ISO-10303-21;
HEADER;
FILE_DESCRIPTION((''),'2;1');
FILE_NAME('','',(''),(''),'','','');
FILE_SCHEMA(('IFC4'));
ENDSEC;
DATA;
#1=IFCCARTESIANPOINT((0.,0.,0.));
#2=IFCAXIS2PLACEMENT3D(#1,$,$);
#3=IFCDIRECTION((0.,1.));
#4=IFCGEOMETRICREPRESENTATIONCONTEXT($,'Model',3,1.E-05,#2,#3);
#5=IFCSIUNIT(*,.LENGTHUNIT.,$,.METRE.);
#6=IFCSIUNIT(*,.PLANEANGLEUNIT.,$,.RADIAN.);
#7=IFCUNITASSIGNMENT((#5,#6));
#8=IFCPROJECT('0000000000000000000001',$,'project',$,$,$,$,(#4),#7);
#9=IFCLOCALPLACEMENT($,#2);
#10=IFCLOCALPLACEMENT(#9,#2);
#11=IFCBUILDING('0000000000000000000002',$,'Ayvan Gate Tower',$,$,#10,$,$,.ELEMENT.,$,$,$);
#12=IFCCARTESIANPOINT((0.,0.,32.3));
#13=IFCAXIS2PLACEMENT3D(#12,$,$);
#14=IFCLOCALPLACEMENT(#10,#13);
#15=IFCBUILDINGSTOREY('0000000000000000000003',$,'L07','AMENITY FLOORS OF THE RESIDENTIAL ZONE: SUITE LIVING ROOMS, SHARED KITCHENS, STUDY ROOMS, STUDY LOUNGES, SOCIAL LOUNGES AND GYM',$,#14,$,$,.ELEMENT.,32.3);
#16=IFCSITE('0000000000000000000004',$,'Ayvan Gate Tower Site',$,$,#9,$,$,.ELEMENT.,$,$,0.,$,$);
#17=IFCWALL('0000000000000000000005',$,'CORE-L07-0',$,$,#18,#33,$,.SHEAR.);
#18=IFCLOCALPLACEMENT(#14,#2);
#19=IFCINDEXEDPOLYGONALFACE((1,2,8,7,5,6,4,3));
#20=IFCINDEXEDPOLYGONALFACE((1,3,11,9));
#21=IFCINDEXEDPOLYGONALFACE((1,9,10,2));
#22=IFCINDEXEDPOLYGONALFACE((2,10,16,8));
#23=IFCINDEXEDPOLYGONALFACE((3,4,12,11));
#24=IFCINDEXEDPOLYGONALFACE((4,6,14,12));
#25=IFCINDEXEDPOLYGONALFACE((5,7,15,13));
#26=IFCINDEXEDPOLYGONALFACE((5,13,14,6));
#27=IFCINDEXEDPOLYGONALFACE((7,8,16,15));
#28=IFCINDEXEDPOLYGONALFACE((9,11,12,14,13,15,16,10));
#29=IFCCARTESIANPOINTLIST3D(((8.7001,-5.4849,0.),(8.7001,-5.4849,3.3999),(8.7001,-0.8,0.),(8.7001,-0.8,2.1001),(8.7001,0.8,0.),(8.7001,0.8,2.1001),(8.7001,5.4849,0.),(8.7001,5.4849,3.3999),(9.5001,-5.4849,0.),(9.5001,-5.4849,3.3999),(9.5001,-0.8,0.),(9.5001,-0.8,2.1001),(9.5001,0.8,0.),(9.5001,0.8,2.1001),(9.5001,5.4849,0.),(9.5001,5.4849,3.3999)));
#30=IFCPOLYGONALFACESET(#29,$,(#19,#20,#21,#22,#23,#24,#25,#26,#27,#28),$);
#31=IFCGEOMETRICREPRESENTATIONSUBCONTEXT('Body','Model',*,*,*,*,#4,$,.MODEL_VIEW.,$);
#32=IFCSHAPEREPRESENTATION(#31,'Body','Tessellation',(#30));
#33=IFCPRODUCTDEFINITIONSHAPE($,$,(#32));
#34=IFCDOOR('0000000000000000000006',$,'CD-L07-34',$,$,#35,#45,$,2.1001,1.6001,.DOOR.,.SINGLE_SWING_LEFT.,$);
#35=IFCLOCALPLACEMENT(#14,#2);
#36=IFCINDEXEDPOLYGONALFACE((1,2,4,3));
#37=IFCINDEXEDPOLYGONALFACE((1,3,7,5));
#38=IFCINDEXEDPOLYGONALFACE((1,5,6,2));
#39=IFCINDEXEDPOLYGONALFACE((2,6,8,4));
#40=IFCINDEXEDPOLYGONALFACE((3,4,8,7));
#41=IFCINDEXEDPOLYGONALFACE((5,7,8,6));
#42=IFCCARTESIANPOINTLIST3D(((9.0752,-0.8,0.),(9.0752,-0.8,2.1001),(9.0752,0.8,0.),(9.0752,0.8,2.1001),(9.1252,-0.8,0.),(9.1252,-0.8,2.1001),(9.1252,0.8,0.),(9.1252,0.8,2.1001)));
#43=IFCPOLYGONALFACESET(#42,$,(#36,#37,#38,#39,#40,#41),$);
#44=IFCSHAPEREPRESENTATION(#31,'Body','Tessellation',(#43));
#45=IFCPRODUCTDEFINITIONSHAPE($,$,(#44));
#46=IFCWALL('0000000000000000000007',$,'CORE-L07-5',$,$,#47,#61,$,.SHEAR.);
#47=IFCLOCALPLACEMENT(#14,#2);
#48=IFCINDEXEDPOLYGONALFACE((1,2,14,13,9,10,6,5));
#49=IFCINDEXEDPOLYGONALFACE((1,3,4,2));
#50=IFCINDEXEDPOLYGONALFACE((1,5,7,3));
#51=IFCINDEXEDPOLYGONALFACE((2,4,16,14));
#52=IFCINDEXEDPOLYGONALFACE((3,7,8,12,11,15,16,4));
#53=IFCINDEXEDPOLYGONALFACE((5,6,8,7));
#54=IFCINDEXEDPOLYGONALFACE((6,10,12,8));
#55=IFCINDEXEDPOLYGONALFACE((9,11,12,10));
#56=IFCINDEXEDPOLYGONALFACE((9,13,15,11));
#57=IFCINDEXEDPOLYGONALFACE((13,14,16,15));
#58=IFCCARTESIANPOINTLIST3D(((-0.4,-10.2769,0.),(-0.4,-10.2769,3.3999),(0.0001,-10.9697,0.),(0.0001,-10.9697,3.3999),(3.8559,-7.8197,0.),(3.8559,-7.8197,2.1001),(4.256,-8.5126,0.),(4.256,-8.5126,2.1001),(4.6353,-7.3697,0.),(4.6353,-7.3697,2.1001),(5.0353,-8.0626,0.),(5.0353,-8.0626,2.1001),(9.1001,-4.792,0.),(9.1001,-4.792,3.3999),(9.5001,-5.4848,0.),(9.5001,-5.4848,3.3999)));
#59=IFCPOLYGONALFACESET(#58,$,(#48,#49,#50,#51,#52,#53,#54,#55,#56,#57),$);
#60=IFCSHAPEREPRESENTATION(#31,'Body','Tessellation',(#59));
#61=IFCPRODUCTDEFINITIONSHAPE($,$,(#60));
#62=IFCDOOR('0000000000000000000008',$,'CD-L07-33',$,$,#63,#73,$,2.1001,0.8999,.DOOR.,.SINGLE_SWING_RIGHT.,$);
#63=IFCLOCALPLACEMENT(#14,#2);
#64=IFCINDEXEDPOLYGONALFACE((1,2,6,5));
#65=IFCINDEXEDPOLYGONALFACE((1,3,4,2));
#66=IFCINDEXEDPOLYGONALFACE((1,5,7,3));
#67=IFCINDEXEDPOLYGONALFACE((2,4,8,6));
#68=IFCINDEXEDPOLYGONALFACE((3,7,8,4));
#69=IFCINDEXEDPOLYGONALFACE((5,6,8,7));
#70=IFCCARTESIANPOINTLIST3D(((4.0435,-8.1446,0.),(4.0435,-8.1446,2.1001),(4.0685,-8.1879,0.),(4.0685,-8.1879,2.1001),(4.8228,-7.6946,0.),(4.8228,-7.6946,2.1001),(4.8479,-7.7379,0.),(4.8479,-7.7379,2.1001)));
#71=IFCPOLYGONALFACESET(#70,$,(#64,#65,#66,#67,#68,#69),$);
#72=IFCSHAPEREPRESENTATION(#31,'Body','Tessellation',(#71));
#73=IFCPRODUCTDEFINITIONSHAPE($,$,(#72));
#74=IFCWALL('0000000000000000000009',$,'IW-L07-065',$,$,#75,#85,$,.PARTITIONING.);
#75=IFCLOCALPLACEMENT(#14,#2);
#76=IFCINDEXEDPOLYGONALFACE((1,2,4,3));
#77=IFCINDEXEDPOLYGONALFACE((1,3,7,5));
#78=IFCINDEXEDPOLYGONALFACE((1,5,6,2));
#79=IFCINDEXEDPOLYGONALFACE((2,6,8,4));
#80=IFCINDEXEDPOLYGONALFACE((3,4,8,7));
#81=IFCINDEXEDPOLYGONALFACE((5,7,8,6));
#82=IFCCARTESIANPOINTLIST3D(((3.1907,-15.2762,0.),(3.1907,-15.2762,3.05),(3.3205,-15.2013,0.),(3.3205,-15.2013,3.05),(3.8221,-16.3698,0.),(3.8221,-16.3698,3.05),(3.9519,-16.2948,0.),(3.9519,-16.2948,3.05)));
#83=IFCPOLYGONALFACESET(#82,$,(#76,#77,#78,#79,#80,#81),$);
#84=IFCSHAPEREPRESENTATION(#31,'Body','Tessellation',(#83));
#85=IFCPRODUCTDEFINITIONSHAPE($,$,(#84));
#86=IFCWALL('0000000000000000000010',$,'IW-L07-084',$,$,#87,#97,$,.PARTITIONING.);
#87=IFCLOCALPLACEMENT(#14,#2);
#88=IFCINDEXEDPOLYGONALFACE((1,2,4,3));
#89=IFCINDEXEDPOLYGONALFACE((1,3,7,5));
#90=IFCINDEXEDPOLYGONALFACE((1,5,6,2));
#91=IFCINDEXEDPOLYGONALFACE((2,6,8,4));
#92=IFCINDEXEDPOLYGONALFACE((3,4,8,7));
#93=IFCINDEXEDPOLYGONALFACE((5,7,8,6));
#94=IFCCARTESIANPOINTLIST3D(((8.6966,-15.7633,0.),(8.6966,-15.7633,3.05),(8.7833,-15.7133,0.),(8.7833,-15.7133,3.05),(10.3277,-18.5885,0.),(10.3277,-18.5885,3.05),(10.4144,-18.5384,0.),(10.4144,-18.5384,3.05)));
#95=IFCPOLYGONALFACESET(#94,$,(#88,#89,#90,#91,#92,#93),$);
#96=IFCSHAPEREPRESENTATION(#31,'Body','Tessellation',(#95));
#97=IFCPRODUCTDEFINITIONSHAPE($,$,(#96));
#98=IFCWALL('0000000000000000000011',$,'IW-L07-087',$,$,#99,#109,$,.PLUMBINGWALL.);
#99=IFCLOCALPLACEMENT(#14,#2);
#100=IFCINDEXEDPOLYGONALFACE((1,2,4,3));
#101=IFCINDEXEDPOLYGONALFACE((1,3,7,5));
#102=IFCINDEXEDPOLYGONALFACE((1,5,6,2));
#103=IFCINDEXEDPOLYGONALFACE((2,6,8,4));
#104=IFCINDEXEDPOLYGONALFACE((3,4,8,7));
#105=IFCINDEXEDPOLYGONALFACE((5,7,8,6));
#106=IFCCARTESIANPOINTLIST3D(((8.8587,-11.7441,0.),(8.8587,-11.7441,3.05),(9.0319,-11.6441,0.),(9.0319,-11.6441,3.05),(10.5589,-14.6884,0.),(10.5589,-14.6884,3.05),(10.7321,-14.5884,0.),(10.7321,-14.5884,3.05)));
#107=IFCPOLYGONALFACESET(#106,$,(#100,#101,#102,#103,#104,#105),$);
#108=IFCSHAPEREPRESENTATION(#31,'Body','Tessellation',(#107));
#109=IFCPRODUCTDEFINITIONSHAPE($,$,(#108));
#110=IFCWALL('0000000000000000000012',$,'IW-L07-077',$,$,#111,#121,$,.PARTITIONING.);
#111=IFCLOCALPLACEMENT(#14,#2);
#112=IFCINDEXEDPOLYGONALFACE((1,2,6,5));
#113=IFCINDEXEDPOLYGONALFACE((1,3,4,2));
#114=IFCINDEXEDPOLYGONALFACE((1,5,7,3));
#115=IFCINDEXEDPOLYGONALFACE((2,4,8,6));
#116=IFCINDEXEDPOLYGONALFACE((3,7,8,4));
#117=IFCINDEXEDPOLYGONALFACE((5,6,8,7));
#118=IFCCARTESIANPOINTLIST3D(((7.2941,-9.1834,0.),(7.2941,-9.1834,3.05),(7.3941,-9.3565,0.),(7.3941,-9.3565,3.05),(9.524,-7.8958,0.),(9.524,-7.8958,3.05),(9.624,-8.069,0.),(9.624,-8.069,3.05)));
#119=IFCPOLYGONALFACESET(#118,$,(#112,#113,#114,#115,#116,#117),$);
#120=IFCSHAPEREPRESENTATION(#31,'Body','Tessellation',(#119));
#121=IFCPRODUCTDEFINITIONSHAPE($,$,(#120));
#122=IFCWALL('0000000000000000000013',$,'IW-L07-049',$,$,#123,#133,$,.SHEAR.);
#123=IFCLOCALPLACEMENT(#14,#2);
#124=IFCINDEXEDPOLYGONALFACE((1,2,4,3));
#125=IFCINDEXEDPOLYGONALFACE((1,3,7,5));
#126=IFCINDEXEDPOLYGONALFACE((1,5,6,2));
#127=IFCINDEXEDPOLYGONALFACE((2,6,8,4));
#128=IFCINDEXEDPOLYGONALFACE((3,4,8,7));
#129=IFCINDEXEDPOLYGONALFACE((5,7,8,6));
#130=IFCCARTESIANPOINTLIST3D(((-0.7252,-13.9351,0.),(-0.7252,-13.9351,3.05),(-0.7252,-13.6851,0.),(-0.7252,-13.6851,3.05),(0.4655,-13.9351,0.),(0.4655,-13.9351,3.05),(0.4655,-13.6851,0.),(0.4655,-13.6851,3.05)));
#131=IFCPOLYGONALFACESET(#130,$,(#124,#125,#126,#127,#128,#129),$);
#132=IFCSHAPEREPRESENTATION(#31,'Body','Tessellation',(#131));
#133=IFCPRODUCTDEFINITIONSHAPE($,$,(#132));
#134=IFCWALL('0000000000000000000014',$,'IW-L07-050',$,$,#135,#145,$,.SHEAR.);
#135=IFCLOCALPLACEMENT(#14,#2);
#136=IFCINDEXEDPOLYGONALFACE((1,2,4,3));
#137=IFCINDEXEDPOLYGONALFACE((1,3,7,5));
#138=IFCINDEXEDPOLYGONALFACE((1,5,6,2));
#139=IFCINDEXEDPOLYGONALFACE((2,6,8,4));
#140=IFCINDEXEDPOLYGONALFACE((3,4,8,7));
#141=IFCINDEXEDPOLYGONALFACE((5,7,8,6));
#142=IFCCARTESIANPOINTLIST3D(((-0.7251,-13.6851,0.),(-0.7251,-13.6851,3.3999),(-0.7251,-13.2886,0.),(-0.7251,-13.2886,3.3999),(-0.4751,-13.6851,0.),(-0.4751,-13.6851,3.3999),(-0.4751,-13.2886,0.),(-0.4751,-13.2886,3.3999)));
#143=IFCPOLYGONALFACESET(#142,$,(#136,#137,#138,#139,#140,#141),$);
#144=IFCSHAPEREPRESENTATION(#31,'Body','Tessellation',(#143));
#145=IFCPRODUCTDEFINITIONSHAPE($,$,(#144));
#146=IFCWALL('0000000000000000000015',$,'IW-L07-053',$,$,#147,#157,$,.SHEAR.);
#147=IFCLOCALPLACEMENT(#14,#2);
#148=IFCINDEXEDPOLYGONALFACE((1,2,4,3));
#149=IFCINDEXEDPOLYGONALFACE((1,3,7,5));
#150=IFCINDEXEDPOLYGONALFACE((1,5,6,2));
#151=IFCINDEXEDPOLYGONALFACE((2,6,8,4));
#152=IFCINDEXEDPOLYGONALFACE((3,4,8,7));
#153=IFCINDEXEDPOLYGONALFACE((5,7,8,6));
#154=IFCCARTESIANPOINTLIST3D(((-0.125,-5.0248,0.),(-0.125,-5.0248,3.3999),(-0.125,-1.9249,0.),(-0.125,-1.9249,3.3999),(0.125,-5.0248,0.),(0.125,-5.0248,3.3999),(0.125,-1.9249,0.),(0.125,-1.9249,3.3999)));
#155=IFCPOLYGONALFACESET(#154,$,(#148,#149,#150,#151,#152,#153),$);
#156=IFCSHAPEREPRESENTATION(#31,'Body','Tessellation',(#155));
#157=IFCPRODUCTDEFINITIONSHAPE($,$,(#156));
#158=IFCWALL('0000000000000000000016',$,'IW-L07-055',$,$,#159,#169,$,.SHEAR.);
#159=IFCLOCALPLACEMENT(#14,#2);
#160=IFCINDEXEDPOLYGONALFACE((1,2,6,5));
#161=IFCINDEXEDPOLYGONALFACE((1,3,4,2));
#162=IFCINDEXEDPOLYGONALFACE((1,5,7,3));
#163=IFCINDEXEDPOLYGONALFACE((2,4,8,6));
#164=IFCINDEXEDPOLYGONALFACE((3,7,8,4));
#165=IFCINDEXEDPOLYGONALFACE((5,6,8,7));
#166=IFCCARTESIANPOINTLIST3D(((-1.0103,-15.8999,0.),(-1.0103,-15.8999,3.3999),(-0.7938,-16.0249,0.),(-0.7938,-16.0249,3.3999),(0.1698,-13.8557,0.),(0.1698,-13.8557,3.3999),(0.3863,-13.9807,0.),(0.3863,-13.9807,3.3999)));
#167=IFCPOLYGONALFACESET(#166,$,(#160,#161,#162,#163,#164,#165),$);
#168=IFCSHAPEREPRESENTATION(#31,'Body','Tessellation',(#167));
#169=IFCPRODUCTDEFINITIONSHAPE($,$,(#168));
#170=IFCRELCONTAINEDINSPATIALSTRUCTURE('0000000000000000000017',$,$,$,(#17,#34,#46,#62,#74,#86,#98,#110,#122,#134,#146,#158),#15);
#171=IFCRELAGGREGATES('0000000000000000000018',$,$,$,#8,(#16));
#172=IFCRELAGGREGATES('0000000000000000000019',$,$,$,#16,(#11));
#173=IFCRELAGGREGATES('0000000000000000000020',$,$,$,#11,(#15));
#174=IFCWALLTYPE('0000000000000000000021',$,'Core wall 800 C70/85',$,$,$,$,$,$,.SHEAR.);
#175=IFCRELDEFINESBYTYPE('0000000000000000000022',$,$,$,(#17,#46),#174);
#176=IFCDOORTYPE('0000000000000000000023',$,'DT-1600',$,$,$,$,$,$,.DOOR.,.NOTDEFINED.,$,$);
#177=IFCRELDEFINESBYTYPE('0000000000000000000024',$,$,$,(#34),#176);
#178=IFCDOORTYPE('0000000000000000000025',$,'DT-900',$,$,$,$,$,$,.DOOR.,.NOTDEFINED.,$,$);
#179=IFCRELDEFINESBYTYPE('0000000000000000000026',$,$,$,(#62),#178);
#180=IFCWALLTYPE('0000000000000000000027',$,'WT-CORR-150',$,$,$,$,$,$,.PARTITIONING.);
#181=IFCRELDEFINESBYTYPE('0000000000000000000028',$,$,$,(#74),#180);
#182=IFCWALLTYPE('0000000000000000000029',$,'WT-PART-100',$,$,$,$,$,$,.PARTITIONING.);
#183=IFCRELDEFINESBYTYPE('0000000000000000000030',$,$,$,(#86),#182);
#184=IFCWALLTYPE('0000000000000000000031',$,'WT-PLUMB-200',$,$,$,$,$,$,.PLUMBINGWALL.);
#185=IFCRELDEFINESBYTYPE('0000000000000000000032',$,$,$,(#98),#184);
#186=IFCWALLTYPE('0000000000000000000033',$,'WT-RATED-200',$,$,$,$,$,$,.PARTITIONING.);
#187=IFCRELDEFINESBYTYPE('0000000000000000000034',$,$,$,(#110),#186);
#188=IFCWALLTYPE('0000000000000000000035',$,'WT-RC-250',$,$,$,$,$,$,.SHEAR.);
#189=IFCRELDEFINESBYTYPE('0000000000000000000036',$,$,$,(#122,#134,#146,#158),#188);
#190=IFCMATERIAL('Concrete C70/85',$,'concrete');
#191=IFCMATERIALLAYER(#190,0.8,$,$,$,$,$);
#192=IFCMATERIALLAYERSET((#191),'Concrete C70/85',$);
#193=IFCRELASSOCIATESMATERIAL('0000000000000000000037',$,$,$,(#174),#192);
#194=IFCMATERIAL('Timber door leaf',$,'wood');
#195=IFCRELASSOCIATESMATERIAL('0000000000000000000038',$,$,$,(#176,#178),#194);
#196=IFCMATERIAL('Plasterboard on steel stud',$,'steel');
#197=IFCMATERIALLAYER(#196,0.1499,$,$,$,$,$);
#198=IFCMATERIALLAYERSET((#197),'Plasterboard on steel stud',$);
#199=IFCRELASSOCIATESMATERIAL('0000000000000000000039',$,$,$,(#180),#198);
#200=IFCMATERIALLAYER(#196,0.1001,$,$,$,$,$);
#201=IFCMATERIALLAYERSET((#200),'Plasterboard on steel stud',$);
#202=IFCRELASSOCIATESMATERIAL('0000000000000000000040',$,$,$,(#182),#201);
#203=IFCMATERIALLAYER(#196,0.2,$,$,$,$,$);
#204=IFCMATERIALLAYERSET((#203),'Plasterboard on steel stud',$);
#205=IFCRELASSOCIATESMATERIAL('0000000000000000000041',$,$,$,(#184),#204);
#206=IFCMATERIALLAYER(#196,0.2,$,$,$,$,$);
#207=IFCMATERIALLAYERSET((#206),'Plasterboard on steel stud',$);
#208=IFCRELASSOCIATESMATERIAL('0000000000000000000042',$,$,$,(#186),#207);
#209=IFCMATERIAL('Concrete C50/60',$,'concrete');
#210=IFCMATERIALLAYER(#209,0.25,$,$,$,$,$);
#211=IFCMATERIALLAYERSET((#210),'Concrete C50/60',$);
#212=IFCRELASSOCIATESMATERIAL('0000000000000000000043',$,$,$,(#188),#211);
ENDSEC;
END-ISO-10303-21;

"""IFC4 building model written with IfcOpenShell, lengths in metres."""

from ifc_helpers import new_model, si_unit, direction, frame, frame_2d, origin, place, context, subcontext, project, spatial, rectangle, extrude, material, layer, layer_set, type_object, element, fill, save


model = new_model("IFC4")

# Units and contexts
model_context = context("Model", 3, precision=1e-05, world=origin(), true_north=direction((0.0, 1.0)))
body_context = subcontext(model_context, "Body", "Model", "MODEL_VIEW")
ifc_project = project(units=[si_unit("LENGTHUNIT", "METRE"), si_unit("PLANEANGLEUNIT", "RADIAN")], contexts=[model_context])

# Site, building, storey
site_placement = place(None, origin())
site = spatial("IfcSite", under=ifc_project, at=site_placement, Name="Ayvan Gate Tower Site", CompositionType="ELEMENT", RefElevation=0.0)
building_placement = place(site_placement, origin())
building = spatial("IfcBuilding", under=site, at=building_placement, Name="Ayvan Gate Tower", CompositionType="ELEMENT")
storey_placement = place(building_placement, frame((0.0, 0.0, 32.3)))
storey = spatial("IfcBuildingStorey", under=building, at=storey_placement, Name="L07", Description="AMENITY FLOORS OF THE RESIDENTIAL ZONE: SUITE LIVING ROOMS, SHARED KITCHENS, STUDY ROOMS, STUDY LOUNGES, SOCIAL LOUNGES AND GYM", CompositionType="ELEMENT", Elevation=32.3)

# Walls, openings, doors
ifc_material_1 = material(Name="Concrete C70/85", Category="concrete")
ifc_layer_1 = layer(ifc_material_1, 0.8)
ifc_layer_set_1 = layer_set([ifc_layer_1], Name="Concrete C70/85")
wall_type_1 = type_object("IfcWallType", Name="Core wall 800 C70/85", PredefinedType="SHEAR", material=ifc_layer_set_1)
wall_1_placement = place(storey_placement, frame((9.1001, -5.4849, 0.0), z_axis=(0.0, 0.0, 1.0), x_axis=(0.0, 1.0, 0.0)))
wall_1 = element("IfcWall", 1, at=wall_1_placement, inside=storey, type_object=wall_type_1, Name="CORE-L07-0", PredefinedType="SHEAR", context=body_context, shape_type="SweptSolid", body=[
    extrude(rectangle(XDim=10.9697, YDim=0.8, at=frame_2d((5.4849, 0.0))), origin(), (0.0, 0.0, 1.0), 3.3999),
])
opening_1_placement = place(wall_1_placement, frame((4.6848, 0.0, 0.0)))
opening_1 = element("IfcOpeningElement", 2, at=opening_1_placement, cuts=wall_1, PredefinedType="OPENING", context=body_context, shape_type="SweptSolid", body=[
    extrude(rectangle(XDim=1.6001, YDim=2.1001, at=frame_2d((0.8, 1.05))), frame((0.0, 0.4099, 0.0), z_axis=(0.0, -1.0, 0.0), x_axis=(1.0, 0.0, 0.0)), (0.0, 0.0, 1.0), 0.8201),
])
ifc_material_2 = material(Name="Timber door leaf", Category="wood")
door_type_1 = type_object("IfcDoorType", Name="DT-1600", OperationType="NOTDEFINED", PredefinedType="DOOR", material=ifc_material_2)
door_1_placement = place(opening_1_placement, origin())
door_1 = element("IfcDoor", 3, at=door_1_placement, inside=storey, type_object=door_type_1, Name="CD-L07-34", OperationType="SINGLE_SWING_LEFT", OverallHeight=2.1001, OverallWidth=1.6001, PredefinedType="DOOR", context=body_context, shape_type="SweptSolid", body=[
    extrude(rectangle(XDim=1.6001, YDim=2.1001, at=frame_2d((0.8, 1.05))), frame((0.0, 0.0249, 0.0), z_axis=(0.0, -1.0, 0.0), x_axis=(1.0, 0.0, 0.0)), (0.0, 0.0, 1.0), 0.05),
])
fill(opening_1, door_1)
wall_2_placement = place(storey_placement, frame((-0.2, -10.6233, 0.0), z_axis=(0.0, 0.0, 1.0), x_axis=(0.866024, 0.500002, 0.0)))
wall_2 = element("IfcWall", 4, at=wall_2_placement, inside=storey, type_object=wall_type_1, Name="CORE-L07-5", PredefinedType="SHEAR", context=body_context, shape_type="SweptSolid", body=[
    extrude(rectangle(XDim=10.9697, YDim=0.8, at=frame_2d((5.4849, 0.0))), origin(), (0.0, 0.0, 1.0), 3.3999),
])
opening_2_placement = place(wall_2_placement, frame((4.9143, 0.0, 0.0)))
opening_2 = element("IfcOpeningElement", 5, at=opening_2_placement, cuts=wall_2, PredefinedType="OPENING", context=body_context, shape_type="SweptSolid", body=[
    extrude(rectangle(XDim=0.8999, YDim=2.1001, at=frame_2d((0.45, 1.05))), frame((0.0, 0.4099, 0.0), z_axis=(0.0, -1.0, 0.0), x_axis=(1.0, 0.0, 0.0)), (0.0, 0.0, 1.0), 0.8201),
])
door_type_2 = type_object("IfcDoorType", Name="DT-900", OperationType="NOTDEFINED", PredefinedType="DOOR", material=ifc_material_2)
door_2_placement = place(opening_2_placement, origin())
door_2 = element("IfcDoor", 6, at=door_2_placement, inside=storey, type_object=door_type_2, Name="CD-L07-33", OperationType="SINGLE_SWING_RIGHT", OverallHeight=2.1001, OverallWidth=0.8999, PredefinedType="DOOR", context=body_context, shape_type="SweptSolid", body=[
    extrude(rectangle(XDim=0.8999, YDim=2.1001, at=frame_2d((0.45, 1.05))), frame((0.0, 0.0249, 0.0), z_axis=(0.0, -1.0, 0.0), x_axis=(1.0, 0.0, 0.0)), (0.0, 0.0, 1.0), 0.05),
])
fill(opening_2, door_2)

# Walls
ifc_material_3 = material(Name="Plasterboard on steel stud", Category="steel")
ifc_layer_2 = layer(ifc_material_3, 0.1499)
ifc_layer_set_2 = layer_set([ifc_layer_2], Name="Plasterboard on steel stud")
wall_type_2 = type_object("IfcWallType", Name="WT-CORR-150", PredefinedType="PARTITIONING", material=ifc_layer_set_2)
wall_3_placement = place(storey_placement, frame((3.2556, -15.2388, 0.0), z_axis=(0.0, 0.0, 1.0), x_axis=(0.500007, -0.866021, 0.0)))
element("IfcWall", 7, at=wall_3_placement, inside=storey, type_object=wall_type_2, Name="IW-L07-065", PredefinedType="PARTITIONING", context=body_context, shape_type="SweptSolid", body=[
    extrude(rectangle(XDim=1.2627, YDim=0.1499, at=frame_2d((0.6313, 0.0))), origin(), (0.0, 0.0, 1.0), 3.05),
])
ifc_layer_3 = layer(ifc_material_3, 0.1001)
ifc_layer_set_3 = layer_set([ifc_layer_3], Name="Plasterboard on steel stud")
wall_type_3 = type_object("IfcWallType", Name="WT-PART-100", PredefinedType="PARTITIONING", material=ifc_layer_set_3)
wall_4_placement = place(storey_placement, frame((8.74, -15.7383, 0.0), z_axis=(0.0, 0.0, 1.0), x_axis=(0.499995, -0.866029, 0.0)))
element("IfcWall", 8, at=wall_4_placement, inside=storey, type_object=wall_type_3, Name="IW-L07-084", PredefinedType="PARTITIONING", context=body_context, shape_type="SweptSolid", body=[
    extrude(rectangle(XDim=3.2622, YDim=0.1001, at=frame_2d((1.6311, 0.0))), origin(), (0.0, 0.0, 1.0), 3.05),
])
ifc_layer_4 = layer(ifc_material_3, 0.2)
ifc_layer_set_4 = layer_set([ifc_layer_4], Name="Plasterboard on steel stud")
wall_type_4 = type_object("IfcWallType", Name="WT-PLUMB-200", PredefinedType="PLUMBINGWALL", material=ifc_layer_set_4)
wall_5_placement = place(storey_placement, frame((8.9453, -11.6941, 0.0), z_axis=(0.0, 0.0, 1.0), x_axis=(0.500062, -0.865989, 0.0)))
element("IfcWall", 9, at=wall_5_placement, inside=storey, type_object=wall_type_4, Name="IW-L07-087", PredefinedType="PLUMBINGWALL", context=body_context, shape_type="SweptSolid", body=[
    extrude(rectangle(XDim=3.3999, YDim=0.2, at=frame_2d((1.7, 0.0))), origin(), (0.0, 0.0, 1.0), 3.05),
])
ifc_layer_5 = layer(ifc_material_3, 0.2)
ifc_layer_set_5 = layer_set([ifc_layer_5], Name="Plasterboard on steel stud")
wall_type_5 = type_object("IfcWallType", Name="WT-RATED-200", PredefinedType="PARTITIONING", material=ifc_layer_set_5)
wall_6_placement = place(storey_placement, frame((7.344, -9.27, 0.0), z_axis=(0.0, 0.0, 1.0), x_axis=(0.866006, 0.500034, 0.0)))
element("IfcWall", 10, at=wall_6_placement, inside=storey, type_object=wall_type_5, Name="IW-L07-077", PredefinedType="PARTITIONING", context=body_context, shape_type="SweptSolid", body=[
    extrude(rectangle(XDim=2.575, YDim=0.2, at=frame_2d((1.2876, 0.0))), origin(), (0.0, 0.0, 1.0), 3.05),
])
ifc_material_4 = material(Name="Concrete C50/60", Category="concrete")
ifc_layer_6 = layer(ifc_material_4, 0.25)
ifc_layer_set_6 = layer_set([ifc_layer_6], Name="Concrete C50/60")
wall_type_6 = type_object("IfcWallType", Name="WT-RC-250", PredefinedType="SHEAR", material=ifc_layer_set_6)
wall_7_placement = place(storey_placement, frame((-0.7251, -13.8101, 0.0), z_axis=(0.0, 0.0, 1.0), x_axis=(1.0, 0.0, 0.0)))
element("IfcWall", 11, at=wall_7_placement, inside=storey, type_object=wall_type_6, Name="IW-L07-049", PredefinedType="SHEAR", context=body_context, shape_type="SweptSolid", body=[
    extrude(rectangle(XDim=1.1907, YDim=0.25, at=frame_2d((0.5952, 0.0))), origin(), (0.0, 0.0, 1.0), 3.05),
])
wall_8_placement = place(storey_placement, frame((-0.6001, -13.2886, 0.0), z_axis=(0.0, 0.0, 1.0), x_axis=(0.0, -1.0, 0.0)))
element("IfcWall", 12, at=wall_8_placement, inside=storey, type_object=wall_type_6, Name="IW-L07-050", PredefinedType="SHEAR", context=body_context, shape_type="SweptSolid", body=[
    extrude(rectangle(XDim=0.3965, YDim=0.25, at=frame_2d((0.1982, 0.0))), origin(), (0.0, 0.0, 1.0), 3.3999),
])
wall_9_placement = place(storey_placement, frame((0.0, -1.925, 0.0), z_axis=(0.0, 0.0, 1.0), x_axis=(0.0, -1.0, 0.0)))
element("IfcWall", 13, at=wall_9_placement, inside=storey, type_object=wall_type_6, Name="IW-L07-053", PredefinedType="SHEAR", context=body_context, shape_type="SweptSolid", body=[
    extrude(rectangle(XDim=3.0999, YDim=0.25, at=frame_2d((1.5498, 0.0))), origin(), (0.0, 0.0, 1.0), 3.3999),
])
wall_10_placement = place(storey_placement, frame((0.2781, -13.9182, 0.0), z_axis=(0.0, 0.0, 1.0), x_axis=(-0.499988, -0.866032, 0.0)))
element("IfcWall", 14, at=wall_10_placement, inside=storey, type_object=wall_type_6, Name="IW-L07-055", PredefinedType="SHEAR", context=body_context, shape_type="SweptSolid", body=[
    extrude(rectangle(XDim=2.3604, YDim=0.25, at=frame_2d((1.1802, 0.0))), origin(), (0.0, 0.0, 1.0), 3.3999),
])

save(model, "model.ifc")
